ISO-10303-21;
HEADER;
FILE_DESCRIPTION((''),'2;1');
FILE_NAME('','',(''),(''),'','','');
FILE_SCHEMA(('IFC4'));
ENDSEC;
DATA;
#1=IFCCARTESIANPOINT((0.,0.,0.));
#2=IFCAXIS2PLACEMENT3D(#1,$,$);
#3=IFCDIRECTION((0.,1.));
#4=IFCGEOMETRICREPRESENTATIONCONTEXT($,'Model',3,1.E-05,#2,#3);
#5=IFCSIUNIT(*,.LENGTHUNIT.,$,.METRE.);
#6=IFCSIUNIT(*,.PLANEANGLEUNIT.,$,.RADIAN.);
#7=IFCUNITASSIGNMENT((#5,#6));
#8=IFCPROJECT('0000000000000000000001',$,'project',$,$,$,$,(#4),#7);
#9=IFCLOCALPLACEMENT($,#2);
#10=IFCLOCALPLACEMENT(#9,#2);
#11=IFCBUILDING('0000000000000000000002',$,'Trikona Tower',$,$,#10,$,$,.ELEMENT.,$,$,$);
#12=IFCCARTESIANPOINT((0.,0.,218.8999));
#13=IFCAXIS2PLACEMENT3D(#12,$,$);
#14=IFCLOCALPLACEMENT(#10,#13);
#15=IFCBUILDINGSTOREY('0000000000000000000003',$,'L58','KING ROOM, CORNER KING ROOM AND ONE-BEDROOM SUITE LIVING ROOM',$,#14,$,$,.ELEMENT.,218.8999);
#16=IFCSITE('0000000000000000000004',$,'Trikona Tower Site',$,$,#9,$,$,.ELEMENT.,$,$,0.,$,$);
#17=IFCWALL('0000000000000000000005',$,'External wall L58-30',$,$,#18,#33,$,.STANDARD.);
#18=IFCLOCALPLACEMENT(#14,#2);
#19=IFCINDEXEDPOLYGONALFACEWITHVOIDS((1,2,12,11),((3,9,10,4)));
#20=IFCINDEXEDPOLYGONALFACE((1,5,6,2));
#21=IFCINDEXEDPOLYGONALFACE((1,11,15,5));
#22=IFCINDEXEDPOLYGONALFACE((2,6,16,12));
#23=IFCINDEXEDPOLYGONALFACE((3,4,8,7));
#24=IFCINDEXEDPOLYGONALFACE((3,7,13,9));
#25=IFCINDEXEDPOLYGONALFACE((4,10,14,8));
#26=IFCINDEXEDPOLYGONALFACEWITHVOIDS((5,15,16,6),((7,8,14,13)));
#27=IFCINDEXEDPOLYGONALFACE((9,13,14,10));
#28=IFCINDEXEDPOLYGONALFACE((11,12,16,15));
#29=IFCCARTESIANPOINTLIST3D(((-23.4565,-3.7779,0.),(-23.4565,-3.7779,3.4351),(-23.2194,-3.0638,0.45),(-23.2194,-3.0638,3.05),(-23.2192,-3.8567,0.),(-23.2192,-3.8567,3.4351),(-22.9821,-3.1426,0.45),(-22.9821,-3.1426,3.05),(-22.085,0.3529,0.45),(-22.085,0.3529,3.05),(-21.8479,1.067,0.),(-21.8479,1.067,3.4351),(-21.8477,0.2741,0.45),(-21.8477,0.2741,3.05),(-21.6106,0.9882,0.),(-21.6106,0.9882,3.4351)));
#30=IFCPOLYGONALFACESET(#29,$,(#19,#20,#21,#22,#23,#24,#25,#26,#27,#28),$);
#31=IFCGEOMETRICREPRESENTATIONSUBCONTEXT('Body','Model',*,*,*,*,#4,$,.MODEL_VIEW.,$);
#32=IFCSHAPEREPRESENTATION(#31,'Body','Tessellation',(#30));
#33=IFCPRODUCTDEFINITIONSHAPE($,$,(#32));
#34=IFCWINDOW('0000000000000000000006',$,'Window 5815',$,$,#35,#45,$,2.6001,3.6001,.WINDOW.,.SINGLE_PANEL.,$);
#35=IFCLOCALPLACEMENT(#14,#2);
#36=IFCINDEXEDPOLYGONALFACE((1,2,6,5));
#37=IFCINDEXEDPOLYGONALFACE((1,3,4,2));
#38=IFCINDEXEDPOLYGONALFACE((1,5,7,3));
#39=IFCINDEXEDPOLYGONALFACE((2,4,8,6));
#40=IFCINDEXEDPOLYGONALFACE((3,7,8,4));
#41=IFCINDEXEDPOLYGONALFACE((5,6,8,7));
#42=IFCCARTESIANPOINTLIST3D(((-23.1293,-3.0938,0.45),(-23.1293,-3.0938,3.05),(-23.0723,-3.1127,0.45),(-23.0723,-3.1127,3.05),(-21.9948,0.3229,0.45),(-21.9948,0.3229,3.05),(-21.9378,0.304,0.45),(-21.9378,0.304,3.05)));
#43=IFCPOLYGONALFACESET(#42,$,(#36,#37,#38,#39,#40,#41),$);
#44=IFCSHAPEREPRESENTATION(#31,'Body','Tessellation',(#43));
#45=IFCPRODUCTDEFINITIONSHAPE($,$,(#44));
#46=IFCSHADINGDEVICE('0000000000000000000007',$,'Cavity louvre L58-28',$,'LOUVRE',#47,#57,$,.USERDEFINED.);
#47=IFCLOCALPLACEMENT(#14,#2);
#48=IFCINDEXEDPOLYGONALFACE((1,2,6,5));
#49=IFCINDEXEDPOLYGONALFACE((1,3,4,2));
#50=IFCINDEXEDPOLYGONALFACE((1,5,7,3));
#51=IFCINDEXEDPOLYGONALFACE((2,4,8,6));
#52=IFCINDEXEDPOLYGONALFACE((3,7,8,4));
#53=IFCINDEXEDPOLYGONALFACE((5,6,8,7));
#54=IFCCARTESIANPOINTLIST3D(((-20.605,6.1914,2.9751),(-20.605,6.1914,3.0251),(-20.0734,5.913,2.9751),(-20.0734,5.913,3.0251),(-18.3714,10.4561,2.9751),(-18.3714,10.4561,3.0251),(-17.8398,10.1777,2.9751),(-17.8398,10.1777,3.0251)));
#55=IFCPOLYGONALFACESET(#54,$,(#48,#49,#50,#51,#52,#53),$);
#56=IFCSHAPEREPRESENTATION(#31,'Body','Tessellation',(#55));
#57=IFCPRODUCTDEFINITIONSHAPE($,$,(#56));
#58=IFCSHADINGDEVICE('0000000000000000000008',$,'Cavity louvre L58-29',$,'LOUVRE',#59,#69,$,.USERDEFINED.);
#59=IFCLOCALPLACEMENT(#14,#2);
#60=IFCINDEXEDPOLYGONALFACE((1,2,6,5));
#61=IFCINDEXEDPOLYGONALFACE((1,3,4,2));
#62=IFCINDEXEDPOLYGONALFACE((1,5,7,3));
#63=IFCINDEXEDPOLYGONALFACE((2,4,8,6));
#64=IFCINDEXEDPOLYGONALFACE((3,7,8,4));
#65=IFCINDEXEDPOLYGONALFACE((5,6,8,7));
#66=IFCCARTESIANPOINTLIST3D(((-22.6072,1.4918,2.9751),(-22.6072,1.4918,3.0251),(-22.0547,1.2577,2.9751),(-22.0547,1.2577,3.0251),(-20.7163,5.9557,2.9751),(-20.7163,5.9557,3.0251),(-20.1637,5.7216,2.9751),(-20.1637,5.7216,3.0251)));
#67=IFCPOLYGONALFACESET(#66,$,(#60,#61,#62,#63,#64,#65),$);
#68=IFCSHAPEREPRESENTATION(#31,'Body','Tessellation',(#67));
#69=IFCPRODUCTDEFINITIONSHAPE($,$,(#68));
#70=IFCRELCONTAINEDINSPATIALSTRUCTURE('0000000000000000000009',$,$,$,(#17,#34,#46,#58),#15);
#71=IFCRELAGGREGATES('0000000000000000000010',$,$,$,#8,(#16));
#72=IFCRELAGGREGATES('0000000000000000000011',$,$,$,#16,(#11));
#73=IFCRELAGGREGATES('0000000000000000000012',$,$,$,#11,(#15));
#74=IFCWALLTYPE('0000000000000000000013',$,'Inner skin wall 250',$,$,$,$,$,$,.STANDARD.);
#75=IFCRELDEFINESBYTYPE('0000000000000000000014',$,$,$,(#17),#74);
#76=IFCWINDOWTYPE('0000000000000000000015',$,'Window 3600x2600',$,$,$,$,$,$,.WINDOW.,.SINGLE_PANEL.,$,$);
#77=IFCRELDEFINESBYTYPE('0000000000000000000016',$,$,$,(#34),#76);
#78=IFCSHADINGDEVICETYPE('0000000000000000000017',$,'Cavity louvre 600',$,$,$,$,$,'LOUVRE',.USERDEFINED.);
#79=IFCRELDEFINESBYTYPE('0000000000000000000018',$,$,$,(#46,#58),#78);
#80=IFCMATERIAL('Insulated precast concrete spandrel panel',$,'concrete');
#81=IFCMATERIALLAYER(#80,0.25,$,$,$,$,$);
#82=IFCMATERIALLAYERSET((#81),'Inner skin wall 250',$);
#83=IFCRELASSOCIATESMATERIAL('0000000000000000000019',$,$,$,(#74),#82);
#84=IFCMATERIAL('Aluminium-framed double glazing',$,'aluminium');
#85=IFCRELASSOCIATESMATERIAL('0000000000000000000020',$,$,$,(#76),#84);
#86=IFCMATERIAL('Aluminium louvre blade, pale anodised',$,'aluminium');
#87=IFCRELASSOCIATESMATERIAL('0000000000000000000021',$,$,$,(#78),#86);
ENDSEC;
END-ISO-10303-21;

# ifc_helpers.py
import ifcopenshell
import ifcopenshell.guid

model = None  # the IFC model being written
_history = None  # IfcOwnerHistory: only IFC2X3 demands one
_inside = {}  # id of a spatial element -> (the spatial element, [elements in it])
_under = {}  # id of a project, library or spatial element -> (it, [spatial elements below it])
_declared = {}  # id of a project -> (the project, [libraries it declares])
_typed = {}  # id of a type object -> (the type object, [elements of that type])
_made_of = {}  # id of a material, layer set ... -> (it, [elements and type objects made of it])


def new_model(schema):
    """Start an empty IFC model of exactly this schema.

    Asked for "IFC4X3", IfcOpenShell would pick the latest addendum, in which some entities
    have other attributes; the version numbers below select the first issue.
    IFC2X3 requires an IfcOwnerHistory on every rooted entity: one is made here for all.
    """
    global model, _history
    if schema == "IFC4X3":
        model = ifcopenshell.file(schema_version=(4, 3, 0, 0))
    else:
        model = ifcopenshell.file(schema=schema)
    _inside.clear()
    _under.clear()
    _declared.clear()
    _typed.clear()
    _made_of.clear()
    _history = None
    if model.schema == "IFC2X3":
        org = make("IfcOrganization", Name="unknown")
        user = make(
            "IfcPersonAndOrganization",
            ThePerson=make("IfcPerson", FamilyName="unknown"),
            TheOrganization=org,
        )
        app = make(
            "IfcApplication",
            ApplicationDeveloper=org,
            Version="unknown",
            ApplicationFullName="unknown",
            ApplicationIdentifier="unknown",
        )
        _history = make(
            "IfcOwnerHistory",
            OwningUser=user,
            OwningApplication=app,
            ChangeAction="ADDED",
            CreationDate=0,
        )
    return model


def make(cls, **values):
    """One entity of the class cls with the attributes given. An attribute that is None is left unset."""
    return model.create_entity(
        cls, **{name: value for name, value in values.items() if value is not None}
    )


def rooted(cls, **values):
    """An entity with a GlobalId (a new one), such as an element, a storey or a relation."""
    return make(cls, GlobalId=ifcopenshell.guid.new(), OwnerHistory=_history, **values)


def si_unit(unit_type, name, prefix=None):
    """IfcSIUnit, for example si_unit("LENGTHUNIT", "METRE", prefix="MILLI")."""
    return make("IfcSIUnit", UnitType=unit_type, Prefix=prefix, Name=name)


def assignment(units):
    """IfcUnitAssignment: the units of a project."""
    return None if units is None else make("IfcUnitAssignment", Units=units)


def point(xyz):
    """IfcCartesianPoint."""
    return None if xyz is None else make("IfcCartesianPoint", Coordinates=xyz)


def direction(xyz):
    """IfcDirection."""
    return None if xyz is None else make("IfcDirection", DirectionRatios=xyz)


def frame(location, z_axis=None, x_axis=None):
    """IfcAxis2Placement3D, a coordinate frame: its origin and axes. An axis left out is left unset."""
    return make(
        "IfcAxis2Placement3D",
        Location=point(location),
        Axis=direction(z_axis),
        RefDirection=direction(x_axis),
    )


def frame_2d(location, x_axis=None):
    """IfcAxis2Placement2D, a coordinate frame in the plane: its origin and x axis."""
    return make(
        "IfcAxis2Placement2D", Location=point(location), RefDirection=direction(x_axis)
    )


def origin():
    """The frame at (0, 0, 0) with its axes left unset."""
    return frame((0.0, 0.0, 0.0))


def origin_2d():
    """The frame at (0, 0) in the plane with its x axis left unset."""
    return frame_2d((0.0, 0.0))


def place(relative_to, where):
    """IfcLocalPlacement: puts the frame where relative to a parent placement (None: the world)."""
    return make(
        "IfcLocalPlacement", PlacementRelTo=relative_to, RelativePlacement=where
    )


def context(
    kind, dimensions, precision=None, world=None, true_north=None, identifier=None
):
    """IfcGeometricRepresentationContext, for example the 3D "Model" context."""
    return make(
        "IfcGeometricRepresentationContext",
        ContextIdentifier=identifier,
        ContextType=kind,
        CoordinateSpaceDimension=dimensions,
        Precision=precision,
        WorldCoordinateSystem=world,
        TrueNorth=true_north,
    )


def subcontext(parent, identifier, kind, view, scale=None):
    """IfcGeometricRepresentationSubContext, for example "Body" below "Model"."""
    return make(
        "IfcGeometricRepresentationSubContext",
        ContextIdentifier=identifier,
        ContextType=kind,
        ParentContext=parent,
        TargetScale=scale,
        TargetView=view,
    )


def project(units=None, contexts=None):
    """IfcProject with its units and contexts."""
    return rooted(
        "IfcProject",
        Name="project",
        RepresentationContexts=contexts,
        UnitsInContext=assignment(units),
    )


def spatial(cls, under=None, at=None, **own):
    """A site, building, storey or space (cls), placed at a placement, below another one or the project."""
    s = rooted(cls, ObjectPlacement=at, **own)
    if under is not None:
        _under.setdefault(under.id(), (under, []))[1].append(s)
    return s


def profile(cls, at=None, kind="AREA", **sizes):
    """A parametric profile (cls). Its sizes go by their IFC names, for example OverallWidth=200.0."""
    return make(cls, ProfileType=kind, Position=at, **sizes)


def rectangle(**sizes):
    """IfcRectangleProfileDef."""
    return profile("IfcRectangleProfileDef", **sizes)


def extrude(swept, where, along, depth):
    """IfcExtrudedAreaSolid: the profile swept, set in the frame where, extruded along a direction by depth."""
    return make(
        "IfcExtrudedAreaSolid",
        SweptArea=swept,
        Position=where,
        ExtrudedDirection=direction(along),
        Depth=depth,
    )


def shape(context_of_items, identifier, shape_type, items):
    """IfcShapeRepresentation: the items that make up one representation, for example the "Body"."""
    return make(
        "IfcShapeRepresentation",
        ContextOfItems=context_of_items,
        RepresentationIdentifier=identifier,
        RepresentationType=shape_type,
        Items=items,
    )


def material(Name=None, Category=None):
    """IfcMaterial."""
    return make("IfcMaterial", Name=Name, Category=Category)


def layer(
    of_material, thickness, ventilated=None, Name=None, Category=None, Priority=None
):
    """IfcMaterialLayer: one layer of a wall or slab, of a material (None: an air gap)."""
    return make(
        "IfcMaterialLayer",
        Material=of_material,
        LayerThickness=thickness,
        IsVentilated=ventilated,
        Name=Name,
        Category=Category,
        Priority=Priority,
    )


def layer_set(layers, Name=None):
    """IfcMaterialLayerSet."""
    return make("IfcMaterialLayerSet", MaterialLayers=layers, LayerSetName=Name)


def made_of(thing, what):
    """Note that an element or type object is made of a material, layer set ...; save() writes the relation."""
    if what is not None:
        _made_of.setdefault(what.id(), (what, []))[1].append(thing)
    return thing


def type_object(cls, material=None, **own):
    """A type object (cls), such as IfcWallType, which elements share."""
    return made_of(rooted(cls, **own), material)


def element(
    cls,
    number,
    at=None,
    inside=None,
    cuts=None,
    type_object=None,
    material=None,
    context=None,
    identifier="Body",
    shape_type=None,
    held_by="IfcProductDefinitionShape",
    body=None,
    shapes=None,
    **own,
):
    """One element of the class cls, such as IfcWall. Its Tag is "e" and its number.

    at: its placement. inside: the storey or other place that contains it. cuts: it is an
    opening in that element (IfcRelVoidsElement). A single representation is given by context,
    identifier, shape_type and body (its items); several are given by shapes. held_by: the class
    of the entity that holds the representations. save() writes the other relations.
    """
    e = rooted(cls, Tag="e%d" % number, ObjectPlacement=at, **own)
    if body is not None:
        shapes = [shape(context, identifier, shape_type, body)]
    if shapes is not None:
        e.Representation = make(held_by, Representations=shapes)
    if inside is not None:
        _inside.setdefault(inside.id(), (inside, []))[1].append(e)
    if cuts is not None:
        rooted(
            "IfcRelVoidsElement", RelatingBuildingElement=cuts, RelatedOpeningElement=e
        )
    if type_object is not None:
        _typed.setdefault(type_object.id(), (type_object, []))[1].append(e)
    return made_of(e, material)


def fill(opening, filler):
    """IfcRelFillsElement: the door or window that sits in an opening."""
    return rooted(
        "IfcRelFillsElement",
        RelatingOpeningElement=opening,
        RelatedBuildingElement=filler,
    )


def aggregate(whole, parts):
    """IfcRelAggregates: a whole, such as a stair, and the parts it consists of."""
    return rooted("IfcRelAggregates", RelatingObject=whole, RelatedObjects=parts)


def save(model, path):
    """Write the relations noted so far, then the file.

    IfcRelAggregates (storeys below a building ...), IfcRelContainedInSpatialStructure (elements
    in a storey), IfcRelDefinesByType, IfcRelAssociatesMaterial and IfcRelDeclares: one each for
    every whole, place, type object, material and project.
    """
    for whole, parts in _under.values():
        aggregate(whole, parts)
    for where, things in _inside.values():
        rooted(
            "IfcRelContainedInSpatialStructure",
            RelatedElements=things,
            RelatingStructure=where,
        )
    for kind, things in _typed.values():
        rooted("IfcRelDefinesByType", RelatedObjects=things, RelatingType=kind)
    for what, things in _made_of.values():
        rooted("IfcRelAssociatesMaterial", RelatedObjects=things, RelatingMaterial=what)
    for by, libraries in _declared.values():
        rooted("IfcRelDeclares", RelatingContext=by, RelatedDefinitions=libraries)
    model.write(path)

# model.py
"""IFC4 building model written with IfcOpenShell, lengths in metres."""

from ifc_helpers import new_model, si_unit, direction, frame, frame_2d, origin, origin_2d, place, context, subcontext, project, spatial, rectangle, extrude, material, layer, layer_set, type_object, element, fill, save


model = new_model("IFC4")

# Units and contexts
model_context = context("Model", 3, precision=1e-05, world=origin(), true_north=direction((0.0, 1.0)))
body_context = subcontext(model_context, "Body", "Model", "MODEL_VIEW")
ifc_project = project(units=[si_unit("LENGTHUNIT", "METRE"), si_unit("PLANEANGLEUNIT", "RADIAN")], contexts=[model_context])

# Site, building, storey
site_placement = place(None, origin())
site = spatial("IfcSite", under=ifc_project, at=site_placement, Name="Trikona Tower Site", CompositionType="ELEMENT", RefElevation=0.0)
building_placement = place(site_placement, origin())
building = spatial("IfcBuilding", under=site, at=building_placement, Name="Trikona Tower", CompositionType="ELEMENT")
storey_placement = place(building_placement, frame((0.0, 0.0, 218.8999)))
storey = spatial("IfcBuildingStorey", under=building, at=storey_placement, Name="L58", Description="KING ROOM, CORNER KING ROOM AND ONE-BEDROOM SUITE LIVING ROOM", CompositionType="ELEMENT", Elevation=218.8999)

# Wall, opening, window
ifc_material_1 = material(Name="Insulated precast concrete spandrel panel", Category="concrete")
ifc_layer_1 = layer(ifc_material_1, 0.25)
ifc_layer_set_1 = layer_set([ifc_layer_1], Name="Inner skin wall 250")
wall_type = type_object("IfcWallType", Name="Inner skin wall 250", PredefinedType="STANDARD", material=ifc_layer_set_1)
ifc_material_2 = material(Name="Aluminium-framed double glazing", Category="aluminium")
window_type = type_object("IfcWindowType", Name="Window 3600x2600", PartitioningType="SINGLE_PANEL", PredefinedType="WINDOW", material=ifc_material_2)
wall_1_placement = place(storey_placement, frame((-21.7292, 1.0276, 0.0), z_axis=(0.0, 0.0, 1.0), x_axis=(-0.315108, -0.949056, 0.0)))
wall_1 = element("IfcWall", 1, at=wall_1_placement, inside=storey, type_object=wall_type, Name="External wall L58-30", PredefinedType="STANDARD", context=body_context, shape_type="SweptSolid", body=[
    extrude(rectangle(XDim=5.105, YDim=0.25, at=frame_2d((2.5525, 0.0))), origin(), (0.0, 0.0, 1.0), 3.4351),
])
opening_1_placement = place(wall_1_placement, frame((0.7524, 0.0, 0.45)))
opening_1 = element("IfcOpeningElement", 2, at=opening_1_placement, cuts=wall_1, PredefinedType="OPENING", context=body_context, shape_type="SweptSolid", body=[
    extrude(rectangle(XDim=3.6001, YDim=2.6001, at=frame_2d((1.8, 1.3))), frame((0.0, 0.135, 0.0), z_axis=(0.0, -1.0, 0.0), x_axis=(1.0, 0.0, 0.0)), (0.0, 0.0, 1.0), 0.27),
])
window_1_placement = place(opening_1_placement, origin())
window_1 = element("IfcWindow", 3, at=window_1_placement, inside=storey, type_object=window_type, Name="Window 5815", OverallHeight=2.6001, OverallWidth=3.6001, PartitioningType="SINGLE_PANEL", PredefinedType="WINDOW", context=body_context, shape_type="SweptSolid", body=[
    extrude(rectangle(XDim=3.6001, YDim=2.6001, at=frame_2d((1.8, 1.3))), frame((0.0, 0.03, 0.0), z_axis=(0.0, -1.0, 0.0), x_axis=(1.0, 0.0, 0.0)), (0.0, 0.0, 1.0), 0.0601),
])
fill(opening_1, window_1)

# Shading devices
ifc_material_3 = material(Name="Aluminium louvre blade, pale anodised", Category="aluminium")
shading_device_type = type_object("IfcShadingDeviceType", Name="Cavity louvre 600", ElementType="LOUVRE", PredefinedType="USERDEFINED", material=ifc_material_3)
shading_device_1_placement = place(storey_placement, frame((-19.2224, 8.1846, 2.9751), z_axis=(0.0, 0.0, 1.0), x_axis=(-0.463952, -0.88586, 0.0)))
element("IfcShadingDevice", 4, at=shading_device_1_placement, inside=storey, type_object=shading_device_type, Name="Cavity louvre L58-28", ObjectType="LOUVRE", PredefinedType="USERDEFINED", context=body_context, shape_type="SweptSolid", body=[
    extrude(rectangle(XDim=4.8142, YDim=0.6001, at=origin_2d()), origin(), (0.0, 0.0, 1.0), 0.05),
])
shading_device_2_placement = place(storey_placement, frame((-21.3855, 3.6067, 2.9751), z_axis=(0.0, 0.0, 1.0), x_axis=(-0.390051, -0.920793, 0.0)))
element("IfcShadingDevice", 5, at=shading_device_2_placement, inside=storey, type_object=shading_device_type, Name="Cavity louvre L58-29", ObjectType="LOUVRE", PredefinedType="USERDEFINED", context=body_context, shape_type="SweptSolid", body=[
    extrude(rectangle(XDim=4.8479, YDim=0.6001, at=origin_2d()), origin(), (0.0, 0.0, 1.0), 0.05),
])

save(model, "model.ifc")
